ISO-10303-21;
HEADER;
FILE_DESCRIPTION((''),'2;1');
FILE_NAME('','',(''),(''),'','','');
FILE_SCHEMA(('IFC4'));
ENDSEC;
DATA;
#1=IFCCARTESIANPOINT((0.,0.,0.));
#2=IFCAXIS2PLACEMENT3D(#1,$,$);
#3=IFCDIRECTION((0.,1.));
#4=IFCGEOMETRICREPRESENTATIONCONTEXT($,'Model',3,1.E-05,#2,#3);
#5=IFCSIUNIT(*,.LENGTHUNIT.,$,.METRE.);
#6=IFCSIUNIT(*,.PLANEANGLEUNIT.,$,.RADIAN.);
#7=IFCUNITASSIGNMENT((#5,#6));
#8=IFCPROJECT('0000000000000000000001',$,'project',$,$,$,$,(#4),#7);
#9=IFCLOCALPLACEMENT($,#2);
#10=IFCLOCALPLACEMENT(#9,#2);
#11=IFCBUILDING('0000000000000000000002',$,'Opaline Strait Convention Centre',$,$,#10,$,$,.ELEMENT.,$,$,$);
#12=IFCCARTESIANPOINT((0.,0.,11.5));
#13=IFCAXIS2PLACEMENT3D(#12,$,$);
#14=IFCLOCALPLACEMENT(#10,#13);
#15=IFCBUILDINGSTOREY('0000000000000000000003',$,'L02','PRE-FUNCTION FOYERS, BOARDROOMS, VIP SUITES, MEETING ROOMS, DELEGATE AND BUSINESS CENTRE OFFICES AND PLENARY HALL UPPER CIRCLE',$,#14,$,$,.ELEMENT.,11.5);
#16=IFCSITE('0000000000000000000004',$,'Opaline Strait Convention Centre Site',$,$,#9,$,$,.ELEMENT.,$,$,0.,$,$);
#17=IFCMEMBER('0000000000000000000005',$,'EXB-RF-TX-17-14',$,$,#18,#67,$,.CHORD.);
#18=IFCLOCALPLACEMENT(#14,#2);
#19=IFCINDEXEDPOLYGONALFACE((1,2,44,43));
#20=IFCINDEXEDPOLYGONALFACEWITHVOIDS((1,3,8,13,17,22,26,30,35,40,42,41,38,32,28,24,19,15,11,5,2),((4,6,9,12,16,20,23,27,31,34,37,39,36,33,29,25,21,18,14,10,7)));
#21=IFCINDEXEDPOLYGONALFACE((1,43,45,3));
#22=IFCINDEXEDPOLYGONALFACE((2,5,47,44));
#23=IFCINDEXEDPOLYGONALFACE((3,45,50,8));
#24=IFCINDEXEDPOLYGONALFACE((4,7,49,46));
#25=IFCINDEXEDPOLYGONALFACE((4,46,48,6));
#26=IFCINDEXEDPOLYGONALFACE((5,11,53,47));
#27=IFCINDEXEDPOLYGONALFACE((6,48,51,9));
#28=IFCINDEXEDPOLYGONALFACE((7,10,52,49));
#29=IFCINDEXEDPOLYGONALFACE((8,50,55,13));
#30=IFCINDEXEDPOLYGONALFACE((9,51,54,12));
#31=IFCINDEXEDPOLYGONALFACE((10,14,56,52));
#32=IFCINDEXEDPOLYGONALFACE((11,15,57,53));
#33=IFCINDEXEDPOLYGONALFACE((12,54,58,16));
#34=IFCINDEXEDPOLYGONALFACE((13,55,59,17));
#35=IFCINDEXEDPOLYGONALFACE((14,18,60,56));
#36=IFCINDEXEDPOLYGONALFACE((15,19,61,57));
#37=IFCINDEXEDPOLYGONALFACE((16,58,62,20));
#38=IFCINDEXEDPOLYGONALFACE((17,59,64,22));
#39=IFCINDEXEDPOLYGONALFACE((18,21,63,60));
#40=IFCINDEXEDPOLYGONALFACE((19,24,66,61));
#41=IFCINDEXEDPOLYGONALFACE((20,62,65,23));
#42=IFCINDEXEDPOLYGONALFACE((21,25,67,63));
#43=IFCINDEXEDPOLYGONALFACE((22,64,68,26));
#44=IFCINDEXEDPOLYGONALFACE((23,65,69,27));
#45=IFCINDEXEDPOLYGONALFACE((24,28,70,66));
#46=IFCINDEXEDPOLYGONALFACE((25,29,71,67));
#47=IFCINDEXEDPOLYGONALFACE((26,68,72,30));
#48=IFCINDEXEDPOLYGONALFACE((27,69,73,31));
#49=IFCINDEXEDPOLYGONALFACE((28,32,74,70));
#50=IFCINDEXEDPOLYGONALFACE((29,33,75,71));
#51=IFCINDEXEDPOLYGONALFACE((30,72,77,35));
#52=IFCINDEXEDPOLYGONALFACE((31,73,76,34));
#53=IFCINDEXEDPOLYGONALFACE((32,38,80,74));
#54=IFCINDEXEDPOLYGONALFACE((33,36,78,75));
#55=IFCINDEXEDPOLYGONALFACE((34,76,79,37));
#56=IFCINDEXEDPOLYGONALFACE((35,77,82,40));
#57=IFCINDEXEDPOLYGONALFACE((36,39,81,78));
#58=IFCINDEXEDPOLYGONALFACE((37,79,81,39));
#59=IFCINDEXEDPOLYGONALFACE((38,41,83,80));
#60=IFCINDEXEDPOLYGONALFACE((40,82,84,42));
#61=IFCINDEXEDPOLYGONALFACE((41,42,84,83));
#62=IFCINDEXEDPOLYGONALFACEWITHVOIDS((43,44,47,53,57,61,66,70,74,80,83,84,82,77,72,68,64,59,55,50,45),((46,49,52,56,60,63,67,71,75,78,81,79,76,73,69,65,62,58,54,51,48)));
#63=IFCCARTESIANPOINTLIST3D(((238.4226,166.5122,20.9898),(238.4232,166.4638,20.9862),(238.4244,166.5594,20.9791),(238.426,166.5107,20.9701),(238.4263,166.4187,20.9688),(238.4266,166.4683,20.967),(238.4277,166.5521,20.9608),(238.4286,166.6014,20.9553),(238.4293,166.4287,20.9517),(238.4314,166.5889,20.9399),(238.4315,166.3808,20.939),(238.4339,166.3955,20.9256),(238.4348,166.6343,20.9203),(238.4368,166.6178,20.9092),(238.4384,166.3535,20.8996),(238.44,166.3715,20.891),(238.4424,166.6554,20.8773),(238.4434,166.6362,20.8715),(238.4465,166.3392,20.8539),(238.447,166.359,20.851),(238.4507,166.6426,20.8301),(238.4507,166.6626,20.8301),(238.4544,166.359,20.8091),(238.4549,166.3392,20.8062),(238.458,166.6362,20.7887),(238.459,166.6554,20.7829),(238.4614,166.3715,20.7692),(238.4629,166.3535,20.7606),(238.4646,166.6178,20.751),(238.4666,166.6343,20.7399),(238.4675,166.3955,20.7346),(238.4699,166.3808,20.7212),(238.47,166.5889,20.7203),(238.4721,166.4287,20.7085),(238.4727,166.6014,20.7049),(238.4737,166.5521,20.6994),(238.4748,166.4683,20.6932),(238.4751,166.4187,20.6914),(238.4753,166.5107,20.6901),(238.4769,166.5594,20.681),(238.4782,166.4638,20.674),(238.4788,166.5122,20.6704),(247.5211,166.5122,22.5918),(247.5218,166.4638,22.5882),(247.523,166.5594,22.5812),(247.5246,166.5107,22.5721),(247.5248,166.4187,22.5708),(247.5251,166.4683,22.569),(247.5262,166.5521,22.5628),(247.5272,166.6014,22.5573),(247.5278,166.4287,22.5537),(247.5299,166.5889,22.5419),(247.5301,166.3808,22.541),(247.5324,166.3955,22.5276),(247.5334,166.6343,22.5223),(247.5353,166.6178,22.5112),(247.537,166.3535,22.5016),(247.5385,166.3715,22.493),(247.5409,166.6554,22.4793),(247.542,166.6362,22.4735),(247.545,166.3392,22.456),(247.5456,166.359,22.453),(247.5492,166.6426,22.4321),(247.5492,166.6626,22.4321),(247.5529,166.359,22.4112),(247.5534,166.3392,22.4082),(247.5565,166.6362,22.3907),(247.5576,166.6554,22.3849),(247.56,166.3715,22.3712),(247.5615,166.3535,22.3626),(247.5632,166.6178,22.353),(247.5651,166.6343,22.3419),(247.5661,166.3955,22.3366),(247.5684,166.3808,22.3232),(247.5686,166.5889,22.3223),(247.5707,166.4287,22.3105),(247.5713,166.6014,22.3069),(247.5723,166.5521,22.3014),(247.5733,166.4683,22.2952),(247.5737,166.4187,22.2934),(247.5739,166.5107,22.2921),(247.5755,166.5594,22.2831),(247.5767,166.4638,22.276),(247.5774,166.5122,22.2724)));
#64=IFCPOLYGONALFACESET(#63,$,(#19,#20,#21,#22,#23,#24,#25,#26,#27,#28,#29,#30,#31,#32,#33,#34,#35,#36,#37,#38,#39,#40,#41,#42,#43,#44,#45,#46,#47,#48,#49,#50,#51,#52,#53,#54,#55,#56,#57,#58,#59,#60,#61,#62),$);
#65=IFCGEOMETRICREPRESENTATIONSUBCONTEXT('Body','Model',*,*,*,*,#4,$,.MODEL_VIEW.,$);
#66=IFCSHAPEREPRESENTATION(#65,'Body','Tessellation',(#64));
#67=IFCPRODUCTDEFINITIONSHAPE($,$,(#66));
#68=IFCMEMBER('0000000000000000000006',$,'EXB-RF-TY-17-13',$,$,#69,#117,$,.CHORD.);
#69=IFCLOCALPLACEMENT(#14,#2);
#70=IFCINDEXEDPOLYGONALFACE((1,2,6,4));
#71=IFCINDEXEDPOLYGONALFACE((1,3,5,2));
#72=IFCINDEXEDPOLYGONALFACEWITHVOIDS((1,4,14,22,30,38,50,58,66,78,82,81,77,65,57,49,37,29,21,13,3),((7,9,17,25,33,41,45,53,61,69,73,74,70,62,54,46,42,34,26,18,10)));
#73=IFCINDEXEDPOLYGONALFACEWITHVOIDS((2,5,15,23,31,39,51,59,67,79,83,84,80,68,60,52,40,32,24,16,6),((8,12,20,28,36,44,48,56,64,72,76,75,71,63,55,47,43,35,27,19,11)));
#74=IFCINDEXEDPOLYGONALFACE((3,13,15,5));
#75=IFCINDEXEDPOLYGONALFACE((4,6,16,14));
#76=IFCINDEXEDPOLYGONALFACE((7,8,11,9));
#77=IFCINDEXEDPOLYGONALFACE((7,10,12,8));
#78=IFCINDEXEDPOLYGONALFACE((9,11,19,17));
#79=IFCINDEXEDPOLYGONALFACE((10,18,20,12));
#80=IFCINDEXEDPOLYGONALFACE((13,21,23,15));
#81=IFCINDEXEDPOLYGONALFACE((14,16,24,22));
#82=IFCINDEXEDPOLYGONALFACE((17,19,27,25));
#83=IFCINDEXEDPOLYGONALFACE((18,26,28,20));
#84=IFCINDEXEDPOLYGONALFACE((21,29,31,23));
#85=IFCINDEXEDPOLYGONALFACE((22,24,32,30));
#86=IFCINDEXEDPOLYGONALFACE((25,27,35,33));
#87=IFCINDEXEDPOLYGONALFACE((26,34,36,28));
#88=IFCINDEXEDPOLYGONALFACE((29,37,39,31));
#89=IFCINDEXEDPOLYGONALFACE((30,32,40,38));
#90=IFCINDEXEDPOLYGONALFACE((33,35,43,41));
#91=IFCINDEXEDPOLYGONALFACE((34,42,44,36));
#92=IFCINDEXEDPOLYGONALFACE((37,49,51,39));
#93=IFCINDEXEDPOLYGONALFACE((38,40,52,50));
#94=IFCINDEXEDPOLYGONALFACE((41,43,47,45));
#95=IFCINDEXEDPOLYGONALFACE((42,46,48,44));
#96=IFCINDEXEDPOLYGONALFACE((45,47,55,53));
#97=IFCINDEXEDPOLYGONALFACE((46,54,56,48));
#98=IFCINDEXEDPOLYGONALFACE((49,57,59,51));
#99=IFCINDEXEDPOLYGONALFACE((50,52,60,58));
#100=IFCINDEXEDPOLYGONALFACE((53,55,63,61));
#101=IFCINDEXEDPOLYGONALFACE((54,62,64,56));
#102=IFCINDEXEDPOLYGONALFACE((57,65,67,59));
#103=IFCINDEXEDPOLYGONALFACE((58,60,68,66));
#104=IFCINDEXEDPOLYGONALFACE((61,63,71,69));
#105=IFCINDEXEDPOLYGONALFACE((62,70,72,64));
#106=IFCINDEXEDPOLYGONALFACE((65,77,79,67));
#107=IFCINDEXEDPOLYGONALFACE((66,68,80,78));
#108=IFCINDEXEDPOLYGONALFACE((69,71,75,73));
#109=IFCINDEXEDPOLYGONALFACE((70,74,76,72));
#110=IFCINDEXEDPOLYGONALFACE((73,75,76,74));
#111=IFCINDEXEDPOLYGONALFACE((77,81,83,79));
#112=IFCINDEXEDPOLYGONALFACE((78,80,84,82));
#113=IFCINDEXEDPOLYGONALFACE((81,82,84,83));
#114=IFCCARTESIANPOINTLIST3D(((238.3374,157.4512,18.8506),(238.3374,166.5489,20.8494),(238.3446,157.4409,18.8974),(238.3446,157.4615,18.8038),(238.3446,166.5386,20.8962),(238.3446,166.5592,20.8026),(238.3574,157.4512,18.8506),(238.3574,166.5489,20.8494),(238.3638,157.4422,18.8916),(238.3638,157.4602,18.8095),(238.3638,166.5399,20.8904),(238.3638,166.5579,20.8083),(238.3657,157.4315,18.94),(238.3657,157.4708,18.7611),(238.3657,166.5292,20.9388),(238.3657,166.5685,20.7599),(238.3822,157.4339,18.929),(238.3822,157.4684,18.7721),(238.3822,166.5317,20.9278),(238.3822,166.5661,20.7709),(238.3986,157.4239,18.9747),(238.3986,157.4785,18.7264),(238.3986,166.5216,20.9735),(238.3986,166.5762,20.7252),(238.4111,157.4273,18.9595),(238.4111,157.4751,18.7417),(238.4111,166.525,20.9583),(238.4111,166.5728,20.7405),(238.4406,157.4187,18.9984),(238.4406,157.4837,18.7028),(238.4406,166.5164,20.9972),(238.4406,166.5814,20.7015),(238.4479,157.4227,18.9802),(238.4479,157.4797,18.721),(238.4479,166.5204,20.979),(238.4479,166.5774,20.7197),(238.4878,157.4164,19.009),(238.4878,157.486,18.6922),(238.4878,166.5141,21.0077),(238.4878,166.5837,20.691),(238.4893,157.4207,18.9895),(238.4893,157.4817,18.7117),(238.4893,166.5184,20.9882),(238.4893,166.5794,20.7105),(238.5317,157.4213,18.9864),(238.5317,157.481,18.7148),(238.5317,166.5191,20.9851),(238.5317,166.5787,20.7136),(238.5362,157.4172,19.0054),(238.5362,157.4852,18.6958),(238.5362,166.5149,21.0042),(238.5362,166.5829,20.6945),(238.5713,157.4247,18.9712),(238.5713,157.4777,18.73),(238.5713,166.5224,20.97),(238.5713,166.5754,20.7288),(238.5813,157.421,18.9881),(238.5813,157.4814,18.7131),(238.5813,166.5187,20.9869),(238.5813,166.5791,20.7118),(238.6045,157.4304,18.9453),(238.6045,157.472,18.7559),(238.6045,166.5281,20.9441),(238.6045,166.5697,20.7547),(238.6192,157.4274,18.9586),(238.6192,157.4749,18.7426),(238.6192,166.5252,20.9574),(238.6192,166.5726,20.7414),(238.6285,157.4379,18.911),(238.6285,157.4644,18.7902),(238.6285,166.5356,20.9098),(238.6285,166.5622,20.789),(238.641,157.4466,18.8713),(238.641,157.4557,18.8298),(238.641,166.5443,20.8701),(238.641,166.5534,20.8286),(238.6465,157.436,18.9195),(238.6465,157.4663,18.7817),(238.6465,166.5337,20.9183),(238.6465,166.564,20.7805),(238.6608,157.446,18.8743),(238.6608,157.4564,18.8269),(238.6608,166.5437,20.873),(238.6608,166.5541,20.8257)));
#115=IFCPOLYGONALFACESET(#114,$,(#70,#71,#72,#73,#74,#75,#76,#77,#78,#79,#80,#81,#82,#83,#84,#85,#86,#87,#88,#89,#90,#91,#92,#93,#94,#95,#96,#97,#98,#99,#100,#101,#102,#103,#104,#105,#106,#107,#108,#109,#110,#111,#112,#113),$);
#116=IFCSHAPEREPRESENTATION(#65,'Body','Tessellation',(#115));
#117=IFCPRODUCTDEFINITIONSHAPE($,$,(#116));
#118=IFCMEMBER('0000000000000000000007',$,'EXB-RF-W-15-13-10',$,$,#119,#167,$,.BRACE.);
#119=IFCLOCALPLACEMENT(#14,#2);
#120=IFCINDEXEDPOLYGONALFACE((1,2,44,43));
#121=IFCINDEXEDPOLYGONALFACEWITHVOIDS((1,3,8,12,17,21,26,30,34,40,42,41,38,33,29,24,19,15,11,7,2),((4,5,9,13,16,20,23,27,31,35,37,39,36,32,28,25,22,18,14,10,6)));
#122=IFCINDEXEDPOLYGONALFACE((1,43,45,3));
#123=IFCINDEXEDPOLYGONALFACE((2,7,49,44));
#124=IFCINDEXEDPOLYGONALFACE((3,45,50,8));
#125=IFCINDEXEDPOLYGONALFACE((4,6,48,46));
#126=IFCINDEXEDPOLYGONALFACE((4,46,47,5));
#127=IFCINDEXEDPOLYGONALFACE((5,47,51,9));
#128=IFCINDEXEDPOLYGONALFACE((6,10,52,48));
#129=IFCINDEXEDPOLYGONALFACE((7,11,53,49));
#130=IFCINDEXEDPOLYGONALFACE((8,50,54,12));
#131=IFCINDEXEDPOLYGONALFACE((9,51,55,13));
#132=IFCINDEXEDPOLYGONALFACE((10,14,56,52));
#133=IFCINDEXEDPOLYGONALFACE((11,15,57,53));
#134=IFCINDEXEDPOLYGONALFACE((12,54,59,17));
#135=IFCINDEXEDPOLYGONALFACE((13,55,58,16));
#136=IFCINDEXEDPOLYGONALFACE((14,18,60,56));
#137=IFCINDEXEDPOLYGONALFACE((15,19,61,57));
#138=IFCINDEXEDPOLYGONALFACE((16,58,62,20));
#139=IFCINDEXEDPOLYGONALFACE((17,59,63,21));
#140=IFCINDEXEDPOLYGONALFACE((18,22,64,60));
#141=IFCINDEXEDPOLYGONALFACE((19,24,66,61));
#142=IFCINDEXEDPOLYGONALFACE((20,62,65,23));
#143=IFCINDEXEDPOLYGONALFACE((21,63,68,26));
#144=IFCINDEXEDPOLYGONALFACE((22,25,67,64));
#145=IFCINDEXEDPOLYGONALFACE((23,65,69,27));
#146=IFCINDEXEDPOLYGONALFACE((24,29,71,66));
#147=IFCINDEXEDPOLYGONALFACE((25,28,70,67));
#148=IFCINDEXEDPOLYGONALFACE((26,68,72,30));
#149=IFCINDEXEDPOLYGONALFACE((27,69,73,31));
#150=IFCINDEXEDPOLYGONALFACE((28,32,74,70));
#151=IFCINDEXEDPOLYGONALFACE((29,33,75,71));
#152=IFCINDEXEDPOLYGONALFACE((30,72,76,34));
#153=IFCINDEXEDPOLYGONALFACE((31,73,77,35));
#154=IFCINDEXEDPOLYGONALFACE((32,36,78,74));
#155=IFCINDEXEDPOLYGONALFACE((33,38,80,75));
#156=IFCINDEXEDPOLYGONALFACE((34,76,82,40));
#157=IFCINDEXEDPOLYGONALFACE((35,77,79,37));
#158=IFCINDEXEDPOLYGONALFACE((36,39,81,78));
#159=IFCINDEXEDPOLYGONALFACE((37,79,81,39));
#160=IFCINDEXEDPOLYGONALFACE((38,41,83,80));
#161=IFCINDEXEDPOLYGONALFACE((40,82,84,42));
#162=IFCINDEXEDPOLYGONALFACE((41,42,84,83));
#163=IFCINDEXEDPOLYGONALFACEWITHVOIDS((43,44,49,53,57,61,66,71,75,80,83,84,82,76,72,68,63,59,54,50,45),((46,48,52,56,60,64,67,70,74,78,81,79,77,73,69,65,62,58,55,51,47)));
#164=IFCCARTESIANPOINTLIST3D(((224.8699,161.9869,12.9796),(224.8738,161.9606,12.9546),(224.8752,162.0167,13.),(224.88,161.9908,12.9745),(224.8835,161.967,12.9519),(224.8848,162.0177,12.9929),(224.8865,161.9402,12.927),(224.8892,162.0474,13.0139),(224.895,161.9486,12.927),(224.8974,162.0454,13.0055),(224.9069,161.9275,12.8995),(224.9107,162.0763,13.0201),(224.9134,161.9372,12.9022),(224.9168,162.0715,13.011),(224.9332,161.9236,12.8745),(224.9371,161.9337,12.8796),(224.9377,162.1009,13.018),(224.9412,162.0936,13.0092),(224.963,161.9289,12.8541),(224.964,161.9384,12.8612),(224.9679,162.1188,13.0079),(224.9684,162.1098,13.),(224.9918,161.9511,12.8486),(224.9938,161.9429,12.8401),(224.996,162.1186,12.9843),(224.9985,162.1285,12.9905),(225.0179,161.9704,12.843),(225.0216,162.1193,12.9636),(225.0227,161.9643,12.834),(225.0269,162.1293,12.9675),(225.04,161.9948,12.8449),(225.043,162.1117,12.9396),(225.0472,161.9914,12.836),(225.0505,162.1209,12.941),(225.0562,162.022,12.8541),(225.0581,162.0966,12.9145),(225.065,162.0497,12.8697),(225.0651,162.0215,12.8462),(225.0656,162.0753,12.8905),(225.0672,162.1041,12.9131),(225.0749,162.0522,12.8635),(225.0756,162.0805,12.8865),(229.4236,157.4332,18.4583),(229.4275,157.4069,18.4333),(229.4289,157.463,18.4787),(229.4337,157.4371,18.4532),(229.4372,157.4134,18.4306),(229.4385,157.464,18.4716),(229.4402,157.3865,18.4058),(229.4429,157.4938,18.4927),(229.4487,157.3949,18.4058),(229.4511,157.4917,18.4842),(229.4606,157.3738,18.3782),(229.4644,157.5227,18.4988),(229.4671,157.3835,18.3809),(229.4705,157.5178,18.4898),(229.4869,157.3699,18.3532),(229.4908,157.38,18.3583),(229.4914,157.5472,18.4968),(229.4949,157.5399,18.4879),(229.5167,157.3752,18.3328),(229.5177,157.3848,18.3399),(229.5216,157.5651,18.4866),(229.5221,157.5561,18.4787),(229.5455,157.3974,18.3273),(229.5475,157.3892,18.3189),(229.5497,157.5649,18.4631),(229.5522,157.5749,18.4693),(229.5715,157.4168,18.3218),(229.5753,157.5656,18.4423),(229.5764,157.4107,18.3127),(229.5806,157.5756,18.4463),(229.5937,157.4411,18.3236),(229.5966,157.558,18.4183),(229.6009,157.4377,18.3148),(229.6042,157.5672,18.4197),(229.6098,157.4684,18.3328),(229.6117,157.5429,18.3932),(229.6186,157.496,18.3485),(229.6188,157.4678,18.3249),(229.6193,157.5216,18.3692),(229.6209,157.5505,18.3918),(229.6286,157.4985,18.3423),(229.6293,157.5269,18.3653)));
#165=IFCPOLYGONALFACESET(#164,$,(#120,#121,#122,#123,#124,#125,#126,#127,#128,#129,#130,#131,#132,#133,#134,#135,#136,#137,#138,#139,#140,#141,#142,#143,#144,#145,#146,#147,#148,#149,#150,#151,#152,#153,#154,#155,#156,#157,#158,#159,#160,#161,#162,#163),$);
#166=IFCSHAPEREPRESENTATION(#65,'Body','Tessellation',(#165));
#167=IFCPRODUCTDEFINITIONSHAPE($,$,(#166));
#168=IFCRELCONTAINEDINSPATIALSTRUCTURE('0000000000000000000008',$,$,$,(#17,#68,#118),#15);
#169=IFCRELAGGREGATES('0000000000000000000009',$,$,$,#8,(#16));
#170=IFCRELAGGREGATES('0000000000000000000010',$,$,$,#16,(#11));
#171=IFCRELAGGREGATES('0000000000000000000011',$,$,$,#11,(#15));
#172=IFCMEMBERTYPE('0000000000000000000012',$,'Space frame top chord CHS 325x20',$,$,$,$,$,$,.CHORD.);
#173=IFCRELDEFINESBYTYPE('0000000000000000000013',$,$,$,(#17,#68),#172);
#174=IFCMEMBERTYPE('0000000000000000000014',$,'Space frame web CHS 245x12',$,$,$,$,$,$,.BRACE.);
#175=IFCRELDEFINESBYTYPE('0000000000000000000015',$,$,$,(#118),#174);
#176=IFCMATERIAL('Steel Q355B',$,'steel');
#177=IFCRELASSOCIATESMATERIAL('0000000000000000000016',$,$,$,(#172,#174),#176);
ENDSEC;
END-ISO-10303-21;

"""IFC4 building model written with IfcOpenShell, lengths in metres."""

from ifc_helpers import new_model, si_unit, direction, frame, origin, origin_2d, place, context, subcontext, project, spatial, hollow_circle, extrude, material, material_profile, profile_set, type_object, element, save


model = new_model("IFC4")

# Units and contexts
model_context = context("Model", 3, precision=1e-05, world=origin(), true_north=direction((0.0, 1.0)))
body_context = subcontext(model_context, "Body", "Model", "MODEL_VIEW")
ifc_project = project(units=[si_unit("LENGTHUNIT", "METRE"), si_unit("PLANEANGLEUNIT", "RADIAN")], contexts=[model_context])

# Site, building, storey
site_placement = place(None, origin())
site = spatial("IfcSite", under=ifc_project, at=site_placement, Name="Opaline Strait Convention Centre Site", CompositionType="ELEMENT", RefElevation=0.0)
building_placement = place(site_placement, origin())
building = spatial("IfcBuilding", under=site, at=building_placement, Name="Opaline Strait Convention Centre", CompositionType="ELEMENT")
storey_placement = place(building_placement, frame((0.0, 0.0, 11.5)))
storey = spatial("IfcBuildingStorey", under=building, at=storey_placement, Name="L02", Description="PRE-FUNCTION FOYERS, BOARDROOMS, VIP SUITES, MEETING ROOMS, DELEGATE AND BUSINESS CENTRE OFFICES AND PLENARY HALL UPPER CIRCLE", CompositionType="ELEMENT", Elevation=11.5)

# Members
ifc_material_1 = material(Name="Steel Q355B", Category="steel")
ifc_material_profile_1 = material_profile(ifc_material_1, hollow_circle(Radius=0.1626, WallThickness=0.02, at=origin_2d()), Name="CHS 325x20")
ifc_profile_set_1 = profile_set([ifc_material_profile_1], Name="Steel Q355B")
member_type_1 = type_object("IfcMemberType", Name="Space frame top chord CHS 325x20", PredefinedType="CHORD", material=ifc_profile_set_1)
member_1_placement = place(storey_placement, frame((238.4507, 166.5, 20.8301), z_axis=(0.98485, 0.0, 0.173408), x_axis=(0.0, 1.0, 0.0)))
element("IfcMember", 1, at=member_1_placement, inside=storey, type_object=member_type_1, Name="EXB-RF-TX-17-14", PredefinedType="CHORD", context=body_context, shape_type="SweptSolid", body=[
    extrude(hollow_circle(Radius=0.1626, WallThickness=0.02, at=origin_2d()), origin(), (0.0, 0.0, 1.0), 9.2385),
])
member_2_placement = place(storey_placement, frame((238.5, 157.4512, 18.8506), z_axis=(0.0, 0.976705, 0.214585), x_axis=(-1.0, 0.0, 0.0)))
element("IfcMember", 2, at=member_2_placement, inside=storey, type_object=member_type_1, Name="EXB-RF-TY-17-13", PredefinedType="CHORD", context=body_context, shape_type="SweptSolid", body=[
    extrude(hollow_circle(Radius=0.1626, WallThickness=0.02, at=origin_2d()), origin(), (0.0, 0.0, 1.0), 9.3147),
])
ifc_material_profile_2 = material_profile(ifc_material_1, hollow_circle(Radius=0.1226, WallThickness=0.012, at=origin_2d()), Name="CHS 245x12")
ifc_profile_set_2 = profile_set([ifc_material_profile_2], Name="Steel Q355B")
member_type_2 = type_object("IfcMemberType", Name="Space frame web CHS 245x12", PredefinedType="BRACE", material=ifc_profile_set_2)
member_3_placement = place(storey_placement, frame((229.5269, 157.4731, 18.4058), z_axis=(-0.538573, 0.538573, -0.64798), x_axis=(-0.707107, -0.707107, 0.0)))
element("IfcMember", 3, at=member_3_placement, inside=storey, type_object=member_type_2, Name="EXB-RF-W-15-13-10", PredefinedType="BRACE", context=body_context, shape_type="SweptSolid", body=[
    extrude(hollow_circle(Radius=0.1226, WallThickness=0.012, at=origin_2d()), origin(), (0.0, 0.0, 1.0), 8.4551),
])

save(model, "model.ifc")
